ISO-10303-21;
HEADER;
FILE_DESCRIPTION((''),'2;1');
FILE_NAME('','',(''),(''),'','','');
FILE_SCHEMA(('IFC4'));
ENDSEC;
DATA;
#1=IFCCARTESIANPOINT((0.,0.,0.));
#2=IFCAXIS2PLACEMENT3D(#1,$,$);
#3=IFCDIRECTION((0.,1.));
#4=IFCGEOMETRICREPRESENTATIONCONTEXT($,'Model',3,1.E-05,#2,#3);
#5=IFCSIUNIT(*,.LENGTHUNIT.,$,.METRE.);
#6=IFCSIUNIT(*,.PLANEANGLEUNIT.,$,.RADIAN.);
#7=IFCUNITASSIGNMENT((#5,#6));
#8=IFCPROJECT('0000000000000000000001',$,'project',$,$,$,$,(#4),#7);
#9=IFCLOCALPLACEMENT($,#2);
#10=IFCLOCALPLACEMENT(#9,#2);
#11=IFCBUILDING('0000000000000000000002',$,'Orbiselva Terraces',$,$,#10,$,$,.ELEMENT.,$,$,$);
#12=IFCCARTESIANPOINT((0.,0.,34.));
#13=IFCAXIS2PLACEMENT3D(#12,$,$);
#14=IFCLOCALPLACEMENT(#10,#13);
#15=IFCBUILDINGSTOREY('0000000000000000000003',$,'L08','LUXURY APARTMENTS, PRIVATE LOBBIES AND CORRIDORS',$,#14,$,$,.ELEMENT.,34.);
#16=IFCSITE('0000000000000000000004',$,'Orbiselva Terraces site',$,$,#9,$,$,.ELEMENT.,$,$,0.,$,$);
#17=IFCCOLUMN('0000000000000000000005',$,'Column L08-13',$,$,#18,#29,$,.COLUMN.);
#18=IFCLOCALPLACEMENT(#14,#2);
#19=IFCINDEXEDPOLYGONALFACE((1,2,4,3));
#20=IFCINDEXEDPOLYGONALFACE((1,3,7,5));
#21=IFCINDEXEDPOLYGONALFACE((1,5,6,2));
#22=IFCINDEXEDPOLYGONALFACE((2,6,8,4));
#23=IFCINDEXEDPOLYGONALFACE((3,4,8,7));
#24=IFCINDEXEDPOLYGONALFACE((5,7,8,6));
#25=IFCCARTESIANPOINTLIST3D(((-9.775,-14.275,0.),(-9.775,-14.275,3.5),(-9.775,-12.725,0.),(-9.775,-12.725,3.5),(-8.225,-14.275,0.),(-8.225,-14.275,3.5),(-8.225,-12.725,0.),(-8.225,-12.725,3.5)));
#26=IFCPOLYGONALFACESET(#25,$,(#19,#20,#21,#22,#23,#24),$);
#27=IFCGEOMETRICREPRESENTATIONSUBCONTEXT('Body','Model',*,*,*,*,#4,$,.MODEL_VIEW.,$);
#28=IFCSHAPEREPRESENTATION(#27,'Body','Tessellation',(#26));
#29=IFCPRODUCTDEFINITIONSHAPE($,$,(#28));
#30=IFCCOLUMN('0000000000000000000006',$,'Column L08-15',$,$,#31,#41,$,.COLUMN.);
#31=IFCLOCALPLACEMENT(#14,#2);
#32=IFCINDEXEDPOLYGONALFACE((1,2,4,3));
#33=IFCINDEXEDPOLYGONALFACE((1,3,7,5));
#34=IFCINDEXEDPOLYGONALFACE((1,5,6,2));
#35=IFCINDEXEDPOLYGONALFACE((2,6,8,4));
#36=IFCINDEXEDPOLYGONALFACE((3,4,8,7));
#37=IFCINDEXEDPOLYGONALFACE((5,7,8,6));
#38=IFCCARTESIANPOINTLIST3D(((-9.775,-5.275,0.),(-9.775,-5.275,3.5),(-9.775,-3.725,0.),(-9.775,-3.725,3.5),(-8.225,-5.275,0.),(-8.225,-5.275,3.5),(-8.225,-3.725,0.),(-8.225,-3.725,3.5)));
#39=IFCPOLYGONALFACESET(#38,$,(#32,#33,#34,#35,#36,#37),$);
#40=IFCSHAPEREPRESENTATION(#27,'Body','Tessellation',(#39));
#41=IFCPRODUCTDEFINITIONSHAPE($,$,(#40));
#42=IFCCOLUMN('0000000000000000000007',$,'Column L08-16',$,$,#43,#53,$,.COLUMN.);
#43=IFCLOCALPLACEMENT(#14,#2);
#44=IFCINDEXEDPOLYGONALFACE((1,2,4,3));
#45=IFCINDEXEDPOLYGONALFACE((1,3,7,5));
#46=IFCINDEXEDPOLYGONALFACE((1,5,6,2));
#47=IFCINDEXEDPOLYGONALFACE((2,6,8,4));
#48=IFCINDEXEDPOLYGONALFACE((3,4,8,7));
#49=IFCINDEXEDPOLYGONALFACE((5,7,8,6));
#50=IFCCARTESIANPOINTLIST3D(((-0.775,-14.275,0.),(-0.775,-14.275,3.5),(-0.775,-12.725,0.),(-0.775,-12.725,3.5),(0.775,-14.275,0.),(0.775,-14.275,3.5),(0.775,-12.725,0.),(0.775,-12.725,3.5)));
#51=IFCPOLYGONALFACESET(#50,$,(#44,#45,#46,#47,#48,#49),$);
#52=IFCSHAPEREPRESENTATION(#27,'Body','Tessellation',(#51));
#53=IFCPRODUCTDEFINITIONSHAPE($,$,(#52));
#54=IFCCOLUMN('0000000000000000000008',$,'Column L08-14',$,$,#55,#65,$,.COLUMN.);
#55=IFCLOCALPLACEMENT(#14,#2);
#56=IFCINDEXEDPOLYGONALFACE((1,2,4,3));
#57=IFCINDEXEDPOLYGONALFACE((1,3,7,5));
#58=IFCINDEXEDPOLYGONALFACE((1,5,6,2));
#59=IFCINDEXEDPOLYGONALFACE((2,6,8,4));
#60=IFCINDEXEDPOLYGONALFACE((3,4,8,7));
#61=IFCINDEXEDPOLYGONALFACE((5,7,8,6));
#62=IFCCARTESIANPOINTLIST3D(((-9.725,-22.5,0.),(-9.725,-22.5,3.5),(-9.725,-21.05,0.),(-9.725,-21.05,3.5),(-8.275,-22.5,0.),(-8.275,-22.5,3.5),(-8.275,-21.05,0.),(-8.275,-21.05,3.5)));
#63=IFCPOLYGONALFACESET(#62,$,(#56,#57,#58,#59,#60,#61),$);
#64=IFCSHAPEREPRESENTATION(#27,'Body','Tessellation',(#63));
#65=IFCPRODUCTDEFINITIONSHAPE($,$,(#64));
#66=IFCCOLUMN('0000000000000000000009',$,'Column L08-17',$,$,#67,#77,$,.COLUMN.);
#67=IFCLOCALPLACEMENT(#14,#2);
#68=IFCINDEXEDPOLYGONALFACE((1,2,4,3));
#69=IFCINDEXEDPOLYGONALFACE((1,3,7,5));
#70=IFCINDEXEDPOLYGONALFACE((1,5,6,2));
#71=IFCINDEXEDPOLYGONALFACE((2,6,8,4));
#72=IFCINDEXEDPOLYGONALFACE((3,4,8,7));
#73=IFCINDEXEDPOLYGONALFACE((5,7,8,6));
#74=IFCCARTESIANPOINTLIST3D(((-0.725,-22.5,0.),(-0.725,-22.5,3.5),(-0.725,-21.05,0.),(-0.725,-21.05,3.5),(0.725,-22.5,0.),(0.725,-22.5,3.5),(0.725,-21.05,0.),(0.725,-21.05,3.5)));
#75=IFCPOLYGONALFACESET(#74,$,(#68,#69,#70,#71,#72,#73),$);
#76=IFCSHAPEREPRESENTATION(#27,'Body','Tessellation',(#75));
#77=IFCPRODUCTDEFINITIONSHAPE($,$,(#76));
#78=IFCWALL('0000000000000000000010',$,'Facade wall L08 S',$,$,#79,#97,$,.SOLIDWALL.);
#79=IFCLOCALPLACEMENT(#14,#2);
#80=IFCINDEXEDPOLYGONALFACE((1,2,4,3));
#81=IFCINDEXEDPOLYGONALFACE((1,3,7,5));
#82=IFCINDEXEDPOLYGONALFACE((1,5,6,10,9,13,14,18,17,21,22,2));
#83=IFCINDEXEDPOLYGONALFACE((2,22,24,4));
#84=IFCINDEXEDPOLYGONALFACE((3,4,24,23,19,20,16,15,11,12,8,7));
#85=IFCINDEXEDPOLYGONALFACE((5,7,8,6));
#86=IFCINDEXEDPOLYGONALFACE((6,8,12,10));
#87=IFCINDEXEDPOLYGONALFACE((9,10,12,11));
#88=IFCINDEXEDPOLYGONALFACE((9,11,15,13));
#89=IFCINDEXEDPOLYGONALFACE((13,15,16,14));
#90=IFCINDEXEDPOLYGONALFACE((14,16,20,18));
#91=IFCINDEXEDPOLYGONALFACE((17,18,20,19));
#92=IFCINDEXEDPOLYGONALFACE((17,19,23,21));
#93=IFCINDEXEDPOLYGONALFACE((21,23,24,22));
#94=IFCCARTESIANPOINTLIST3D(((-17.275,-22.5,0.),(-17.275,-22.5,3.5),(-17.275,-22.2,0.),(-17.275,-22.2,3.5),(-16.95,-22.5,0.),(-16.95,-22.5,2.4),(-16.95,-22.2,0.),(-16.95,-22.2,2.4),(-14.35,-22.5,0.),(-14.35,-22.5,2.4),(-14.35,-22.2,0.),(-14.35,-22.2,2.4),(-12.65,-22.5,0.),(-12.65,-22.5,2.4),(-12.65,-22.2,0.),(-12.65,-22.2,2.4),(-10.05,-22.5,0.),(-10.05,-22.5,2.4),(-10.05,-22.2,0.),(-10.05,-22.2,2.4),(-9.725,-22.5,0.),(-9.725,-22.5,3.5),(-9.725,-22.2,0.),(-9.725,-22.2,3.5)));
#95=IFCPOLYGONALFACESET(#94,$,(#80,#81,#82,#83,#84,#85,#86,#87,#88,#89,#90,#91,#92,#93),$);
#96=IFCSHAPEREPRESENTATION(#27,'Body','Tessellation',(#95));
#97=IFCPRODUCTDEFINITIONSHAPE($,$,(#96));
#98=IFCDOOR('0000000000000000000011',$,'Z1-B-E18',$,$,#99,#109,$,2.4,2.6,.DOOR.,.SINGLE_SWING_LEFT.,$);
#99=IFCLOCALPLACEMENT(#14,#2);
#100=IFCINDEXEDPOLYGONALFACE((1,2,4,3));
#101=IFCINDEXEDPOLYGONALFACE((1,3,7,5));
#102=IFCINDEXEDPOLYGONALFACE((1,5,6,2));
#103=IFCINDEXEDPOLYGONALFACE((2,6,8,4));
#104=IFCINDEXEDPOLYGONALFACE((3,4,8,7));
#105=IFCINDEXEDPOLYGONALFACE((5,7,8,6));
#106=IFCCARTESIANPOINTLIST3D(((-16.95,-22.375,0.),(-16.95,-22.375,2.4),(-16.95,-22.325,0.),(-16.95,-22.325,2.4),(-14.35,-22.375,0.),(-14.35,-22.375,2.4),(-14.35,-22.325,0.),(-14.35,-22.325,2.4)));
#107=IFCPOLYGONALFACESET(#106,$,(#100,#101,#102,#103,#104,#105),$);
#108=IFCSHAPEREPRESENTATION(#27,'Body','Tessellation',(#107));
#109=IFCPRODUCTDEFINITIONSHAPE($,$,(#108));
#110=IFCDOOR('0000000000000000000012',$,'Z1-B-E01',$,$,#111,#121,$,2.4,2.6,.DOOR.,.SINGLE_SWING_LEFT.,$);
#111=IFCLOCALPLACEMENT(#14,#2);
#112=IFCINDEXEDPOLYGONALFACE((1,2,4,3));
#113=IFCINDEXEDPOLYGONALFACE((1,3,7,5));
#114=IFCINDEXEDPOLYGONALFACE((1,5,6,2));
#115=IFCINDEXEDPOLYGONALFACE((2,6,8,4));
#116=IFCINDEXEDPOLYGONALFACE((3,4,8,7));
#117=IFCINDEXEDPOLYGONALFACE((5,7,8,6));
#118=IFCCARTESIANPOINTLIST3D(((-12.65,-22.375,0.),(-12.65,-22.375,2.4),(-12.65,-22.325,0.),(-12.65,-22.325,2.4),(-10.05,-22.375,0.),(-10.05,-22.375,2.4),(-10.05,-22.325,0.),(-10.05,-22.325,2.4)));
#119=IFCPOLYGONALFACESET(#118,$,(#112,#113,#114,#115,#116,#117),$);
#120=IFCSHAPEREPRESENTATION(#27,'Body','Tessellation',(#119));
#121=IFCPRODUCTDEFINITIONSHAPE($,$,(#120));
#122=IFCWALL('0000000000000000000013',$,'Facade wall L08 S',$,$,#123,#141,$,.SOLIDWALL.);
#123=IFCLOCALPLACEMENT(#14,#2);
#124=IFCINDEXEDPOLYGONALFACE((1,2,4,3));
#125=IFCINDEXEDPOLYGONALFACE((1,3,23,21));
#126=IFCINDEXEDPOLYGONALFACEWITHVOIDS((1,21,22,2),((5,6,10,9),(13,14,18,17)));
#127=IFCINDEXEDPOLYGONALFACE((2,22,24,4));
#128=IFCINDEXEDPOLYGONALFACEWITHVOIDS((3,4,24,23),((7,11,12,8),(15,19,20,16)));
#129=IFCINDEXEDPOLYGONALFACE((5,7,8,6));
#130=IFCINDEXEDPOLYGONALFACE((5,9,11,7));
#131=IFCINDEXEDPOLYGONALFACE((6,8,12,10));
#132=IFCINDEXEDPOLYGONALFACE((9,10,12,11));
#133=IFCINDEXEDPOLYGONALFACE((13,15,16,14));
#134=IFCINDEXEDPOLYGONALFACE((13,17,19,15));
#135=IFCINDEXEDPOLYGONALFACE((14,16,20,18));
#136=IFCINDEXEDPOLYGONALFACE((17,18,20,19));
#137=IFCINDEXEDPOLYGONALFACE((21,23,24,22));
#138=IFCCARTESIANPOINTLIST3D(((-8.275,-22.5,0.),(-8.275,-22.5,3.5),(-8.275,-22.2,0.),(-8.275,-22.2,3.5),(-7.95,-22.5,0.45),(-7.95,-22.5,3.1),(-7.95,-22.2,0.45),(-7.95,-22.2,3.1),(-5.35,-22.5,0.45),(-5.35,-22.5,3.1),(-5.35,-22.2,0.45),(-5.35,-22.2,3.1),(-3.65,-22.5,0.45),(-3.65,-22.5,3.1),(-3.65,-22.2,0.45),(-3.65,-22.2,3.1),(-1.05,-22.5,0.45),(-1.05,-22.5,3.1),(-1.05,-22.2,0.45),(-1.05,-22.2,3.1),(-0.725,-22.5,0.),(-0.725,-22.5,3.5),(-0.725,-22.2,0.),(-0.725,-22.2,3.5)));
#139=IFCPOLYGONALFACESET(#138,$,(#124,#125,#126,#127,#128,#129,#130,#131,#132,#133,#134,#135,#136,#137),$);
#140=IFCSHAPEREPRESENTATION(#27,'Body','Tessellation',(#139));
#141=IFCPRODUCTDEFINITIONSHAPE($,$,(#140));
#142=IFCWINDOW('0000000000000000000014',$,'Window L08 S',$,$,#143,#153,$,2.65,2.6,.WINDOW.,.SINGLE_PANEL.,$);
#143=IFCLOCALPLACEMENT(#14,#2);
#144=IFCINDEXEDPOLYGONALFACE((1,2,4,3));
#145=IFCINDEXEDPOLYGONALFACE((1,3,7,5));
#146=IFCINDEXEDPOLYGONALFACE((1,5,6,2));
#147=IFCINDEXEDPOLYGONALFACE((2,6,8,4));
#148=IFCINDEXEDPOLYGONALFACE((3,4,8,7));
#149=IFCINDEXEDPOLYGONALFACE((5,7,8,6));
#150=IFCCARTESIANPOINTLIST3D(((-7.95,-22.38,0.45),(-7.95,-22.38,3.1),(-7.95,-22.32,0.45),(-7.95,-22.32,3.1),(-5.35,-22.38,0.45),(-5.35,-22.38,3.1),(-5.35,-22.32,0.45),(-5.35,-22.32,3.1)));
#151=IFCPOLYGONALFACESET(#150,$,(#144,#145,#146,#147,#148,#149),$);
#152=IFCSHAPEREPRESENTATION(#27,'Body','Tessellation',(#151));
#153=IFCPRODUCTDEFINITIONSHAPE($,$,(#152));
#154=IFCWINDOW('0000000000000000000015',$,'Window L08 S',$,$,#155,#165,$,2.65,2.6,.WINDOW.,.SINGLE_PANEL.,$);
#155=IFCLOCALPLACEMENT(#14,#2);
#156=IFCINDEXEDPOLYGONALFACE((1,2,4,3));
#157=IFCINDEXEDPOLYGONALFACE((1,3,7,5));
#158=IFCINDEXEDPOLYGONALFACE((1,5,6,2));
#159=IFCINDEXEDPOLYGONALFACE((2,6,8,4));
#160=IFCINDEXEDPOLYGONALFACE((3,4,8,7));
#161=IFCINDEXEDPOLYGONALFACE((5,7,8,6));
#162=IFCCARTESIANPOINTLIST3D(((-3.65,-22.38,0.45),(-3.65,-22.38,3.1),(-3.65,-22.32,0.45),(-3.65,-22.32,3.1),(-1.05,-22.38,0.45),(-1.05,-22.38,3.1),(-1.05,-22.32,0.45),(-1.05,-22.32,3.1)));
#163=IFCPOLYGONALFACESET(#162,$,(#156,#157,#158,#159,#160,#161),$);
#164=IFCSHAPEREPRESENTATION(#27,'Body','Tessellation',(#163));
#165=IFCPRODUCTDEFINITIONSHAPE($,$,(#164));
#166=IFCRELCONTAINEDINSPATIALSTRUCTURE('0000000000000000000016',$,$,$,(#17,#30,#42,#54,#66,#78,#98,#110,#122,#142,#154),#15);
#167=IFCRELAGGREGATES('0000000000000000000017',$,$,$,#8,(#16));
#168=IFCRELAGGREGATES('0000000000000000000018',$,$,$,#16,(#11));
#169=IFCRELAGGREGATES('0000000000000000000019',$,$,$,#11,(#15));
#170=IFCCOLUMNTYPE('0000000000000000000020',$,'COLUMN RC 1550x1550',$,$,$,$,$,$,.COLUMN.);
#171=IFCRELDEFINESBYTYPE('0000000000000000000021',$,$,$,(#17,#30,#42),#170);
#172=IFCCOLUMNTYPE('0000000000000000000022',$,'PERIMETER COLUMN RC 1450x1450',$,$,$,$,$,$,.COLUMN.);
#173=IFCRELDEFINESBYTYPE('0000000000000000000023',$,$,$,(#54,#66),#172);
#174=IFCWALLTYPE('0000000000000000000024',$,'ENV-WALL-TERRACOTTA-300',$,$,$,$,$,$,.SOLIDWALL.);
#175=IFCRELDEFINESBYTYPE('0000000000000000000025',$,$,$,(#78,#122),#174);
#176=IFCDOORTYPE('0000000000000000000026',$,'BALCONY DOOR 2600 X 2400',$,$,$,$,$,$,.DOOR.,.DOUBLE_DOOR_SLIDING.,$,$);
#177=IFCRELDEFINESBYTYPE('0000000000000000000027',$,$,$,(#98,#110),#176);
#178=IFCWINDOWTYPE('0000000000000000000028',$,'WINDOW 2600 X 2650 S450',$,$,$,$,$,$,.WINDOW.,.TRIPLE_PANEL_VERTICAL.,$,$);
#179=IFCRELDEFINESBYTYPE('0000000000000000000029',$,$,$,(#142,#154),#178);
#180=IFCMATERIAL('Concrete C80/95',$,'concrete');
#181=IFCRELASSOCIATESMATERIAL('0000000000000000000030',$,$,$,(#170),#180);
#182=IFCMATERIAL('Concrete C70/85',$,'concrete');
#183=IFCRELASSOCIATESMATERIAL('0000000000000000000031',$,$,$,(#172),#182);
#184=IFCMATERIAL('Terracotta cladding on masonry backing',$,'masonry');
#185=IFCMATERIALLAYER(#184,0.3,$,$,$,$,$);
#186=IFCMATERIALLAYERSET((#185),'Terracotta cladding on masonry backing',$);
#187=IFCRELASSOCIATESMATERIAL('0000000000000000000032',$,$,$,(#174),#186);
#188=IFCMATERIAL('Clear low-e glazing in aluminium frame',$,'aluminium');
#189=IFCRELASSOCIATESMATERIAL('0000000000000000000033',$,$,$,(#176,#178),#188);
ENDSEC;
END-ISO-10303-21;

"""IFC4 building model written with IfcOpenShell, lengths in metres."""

from ifc_helpers import new_model, si_unit, direction, frame, frame_2d, origin, origin_2d, place, context, subcontext, project, spatial, rectangle, extrude, material, layer, layer_set, material_profile, profile_set, type_object, element, fill, save


model = new_model("IFC4")

# Units and contexts
model_context = context("Model", 3, precision=1e-05, world=origin(), true_north=direction((0.0, 1.0)))
body_context = subcontext(model_context, "Body", "Model", "MODEL_VIEW")
ifc_project = project(units=[si_unit("LENGTHUNIT", "METRE"), si_unit("PLANEANGLEUNIT", "RADIAN")], contexts=[model_context])

# Site, building, storey
site_placement = place(None, origin())
site = spatial("IfcSite", under=ifc_project, at=site_placement, Name="Orbiselva Terraces site", CompositionType="ELEMENT", RefElevation=0.0)
building_placement = place(site_placement, origin())
building = spatial("IfcBuilding", under=site, at=building_placement, Name="Orbiselva Terraces", CompositionType="ELEMENT")
storey_placement = place(building_placement, frame((0.0, 0.0, 34.0)))
storey = spatial("IfcBuildingStorey", under=building, at=storey_placement, Name="L08", Description="LUXURY APARTMENTS, PRIVATE LOBBIES AND CORRIDORS", CompositionType="ELEMENT", Elevation=34.0)

# Columns
ifc_material_1 = material(Name="Concrete C80/95", Category="concrete")
ifc_material_profile_1 = material_profile(ifc_material_1, rectangle(XDim=1.55, YDim=1.55, at=origin_2d()), Name="RC 1550x1550")
ifc_profile_set_1 = profile_set([ifc_material_profile_1], Name="Concrete C80/95")
column_type_1 = type_object("IfcColumnType", Name="COLUMN RC 1550x1550", PredefinedType="COLUMN", material=ifc_profile_set_1)
for number, where, z_axis, x_axis, name in (
    (1, (-9.0, -13.5, 0.0), (0.0, 0.0, 1.0), (1.0, 0.0, 0.0), "Column L08-13"),
    (2, (-9.0, -4.5, 0.0), (0.0, 0.0, 1.0), (1.0, 0.0, 0.0), "Column L08-15"),
    (3, (0.0, -13.5, 0.0), (0.0, 0.0, 1.0), (1.0, 0.0, 0.0), "Column L08-16"),
):
    element("IfcColumn", number, at=place(storey_placement, frame(where, z_axis=z_axis, x_axis=x_axis)), inside=storey, type_object=column_type_1, Name=name, PredefinedType="COLUMN", context=body_context, shape_type="SweptSolid", body=[
        extrude(rectangle(XDim=1.55, YDim=1.55, at=origin_2d()), origin(), (0.0, 0.0, 1.0), 3.5),
    ])
ifc_material_2 = material(Name="Concrete C70/85", Category="concrete")
ifc_material_profile_2 = material_profile(ifc_material_2, rectangle(XDim=1.45, YDim=1.45, at=origin_2d()), Name="RC 1450x1450")
ifc_profile_set_2 = profile_set([ifc_material_profile_2], Name="Concrete C70/85")
column_type_2 = type_object("IfcColumnType", Name="PERIMETER COLUMN RC 1450x1450", PredefinedType="COLUMN", material=ifc_profile_set_2)
for number, where, z_axis, x_axis, name in (
    (4, (-9.0, -21.775, 0.0), (0.0, 0.0, 1.0), (1.0, 0.0, 0.0), "Column L08-14"),
    (5, (0.0, -21.775, 0.0), (0.0, 0.0, 1.0), (1.0, 0.0, 0.0), "Column L08-17"),
):
    element("IfcColumn", number, at=place(storey_placement, frame(where, z_axis=z_axis, x_axis=x_axis)), inside=storey, type_object=column_type_2, Name=name, PredefinedType="COLUMN", context=body_context, shape_type="SweptSolid", body=[
        extrude(rectangle(XDim=1.45, YDim=1.45, at=origin_2d()), origin(), (0.0, 0.0, 1.0), 3.5),
    ])

# Wall, openings, doors
ifc_material_3 = material(Name="Terracotta cladding on masonry backing", Category="masonry")
ifc_layer_1 = layer(ifc_material_3, 0.3)
ifc_layer_set_1 = layer_set([ifc_layer_1], Name="Terracotta cladding on masonry backing")
wall_type_1 = type_object("IfcWallType", Name="ENV-WALL-TERRACOTTA-300", PredefinedType="SOLIDWALL", material=ifc_layer_set_1)
wall_1_placement = place(storey_placement, frame((-9.725, -22.35, 0.0), z_axis=(0.0, 0.0, 1.0), x_axis=(-1.0, 0.0, 0.0)))
wall_1 = element("IfcWall", 6, at=wall_1_placement, inside=storey, type_object=wall_type_1, Name="Facade wall L08 S", PredefinedType="SOLIDWALL", context=body_context, shape_type="SweptSolid", body=[
    extrude(rectangle(XDim=7.55, YDim=0.3, at=frame_2d((3.775, 0.0))), origin(), (0.0, 0.0, 1.0), 3.5),
])
opening_1_placement = place(wall_1_placement, frame((4.625, 0.0, 0.0)))
opening_1 = element("IfcOpeningElement", 7, at=opening_1_placement, cuts=wall_1, PredefinedType="OPENING", context=body_context, shape_type="SweptSolid", body=[
    extrude(rectangle(XDim=2.6, YDim=2.4, at=frame_2d((1.3, 1.2))), frame((0.0, 0.16, 0.0), z_axis=(0.0, -1.0, 0.0), x_axis=(1.0, 0.0, 0.0)), (0.0, 0.0, 1.0), 0.32),
])
opening_2_placement = place(wall_1_placement, frame((0.325, 0.0, 0.0)))
opening_2 = element("IfcOpeningElement", 8, at=opening_2_placement, cuts=wall_1, PredefinedType="OPENING", context=body_context, shape_type="SweptSolid", body=[
    extrude(rectangle(XDim=2.6, YDim=2.4, at=frame_2d((1.3, 1.2))), frame((0.0, 0.16, 0.0), z_axis=(0.0, -1.0, 0.0), x_axis=(1.0, 0.0, 0.0)), (0.0, 0.0, 1.0), 0.32),
])
ifc_material_4 = material(Name="Clear low-e glazing in aluminium frame", Category="aluminium")
door_type_1 = type_object("IfcDoorType", Name="BALCONY DOOR 2600 X 2400", OperationType="DOUBLE_DOOR_SLIDING", PredefinedType="DOOR", material=ifc_material_4)
door_1_placement = place(opening_1_placement, origin())
door_1 = element("IfcDoor", 9, at=door_1_placement, inside=storey, type_object=door_type_1, Name="Z1-B-E18", OperationType="SINGLE_SWING_LEFT", OverallHeight=2.4, OverallWidth=2.6, PredefinedType="DOOR", context=body_context, shape_type="SweptSolid", body=[
    extrude(rectangle(XDim=2.6, YDim=2.4, at=frame_2d((1.3, 1.2))), frame((0.0, 0.025, 0.0), z_axis=(0.0, -1.0, 0.0), x_axis=(1.0, 0.0, 0.0)), (0.0, 0.0, 1.0), 0.05),
])
fill(opening_1, door_1)
door_2_placement = place(opening_2_placement, origin())
door_2 = element("IfcDoor", 10, at=door_2_placement, inside=storey, type_object=door_type_1, Name="Z1-B-E01", OperationType="SINGLE_SWING_LEFT", OverallHeight=2.4, OverallWidth=2.6, PredefinedType="DOOR", context=body_context, shape_type="SweptSolid", body=[
    extrude(rectangle(XDim=2.6, YDim=2.4, at=frame_2d((1.3, 1.2))), frame((0.0, 0.025, 0.0), z_axis=(0.0, -1.0, 0.0), x_axis=(1.0, 0.0, 0.0)), (0.0, 0.0, 1.0), 0.05),
])
fill(opening_2, door_2)

# Wall, openings, windows
wall_2_placement = place(storey_placement, frame((-0.725, -22.35, 0.0), z_axis=(0.0, 0.0, 1.0), x_axis=(-1.0, 0.0, 0.0)))
wall_2 = element("IfcWall", 11, at=wall_2_placement, inside=storey, type_object=wall_type_1, Name="Facade wall L08 S", PredefinedType="SOLIDWALL", context=body_context, shape_type="SweptSolid", body=[
    extrude(rectangle(XDim=7.55, YDim=0.3, at=frame_2d((3.775, 0.0))), origin(), (0.0, 0.0, 1.0), 3.5),
])
opening_3_placement = place(wall_2_placement, frame((4.625, 0.0, 0.45)))
opening_3 = element("IfcOpeningElement", 12, at=opening_3_placement, cuts=wall_2, PredefinedType="OPENING", context=body_context, shape_type="SweptSolid", body=[
    extrude(rectangle(XDim=2.6, YDim=2.65, at=frame_2d((1.3, 1.325))), frame((0.0, 0.16, 0.0), z_axis=(0.0, -1.0, 0.0), x_axis=(1.0, 0.0, 0.0)), (0.0, 0.0, 1.0), 0.32),
])
opening_4_placement = place(wall_2_placement, frame((0.325, 0.0, 0.45)))
opening_4 = element("IfcOpeningElement", 13, at=opening_4_placement, cuts=wall_2, PredefinedType="OPENING", context=body_context, shape_type="SweptSolid", body=[
    extrude(rectangle(XDim=2.6, YDim=2.65, at=frame_2d((1.3, 1.325))), frame((0.0, 0.16, 0.0), z_axis=(0.0, -1.0, 0.0), x_axis=(1.0, 0.0, 0.0)), (0.0, 0.0, 1.0), 0.32),
])
window_type = type_object("IfcWindowType", Name="WINDOW 2600 X 2650 S450", PartitioningType="TRIPLE_PANEL_VERTICAL", PredefinedType="WINDOW", material=ifc_material_4)
window_1_placement = place(opening_3_placement, origin())
window_1 = element("IfcWindow", 14, at=window_1_placement, inside=storey, type_object=window_type, Name="Window L08 S", OverallHeight=2.65, OverallWidth=2.6, PartitioningType="SINGLE_PANEL", PredefinedType="WINDOW", context=body_context, shape_type="SweptSolid", body=[
    extrude(rectangle(XDim=2.6, YDim=2.65, at=frame_2d((1.3, 1.325))), frame((0.0, 0.03, 0.0), z_axis=(0.0, -1.0, 0.0), x_axis=(1.0, 0.0, 0.0)), (0.0, 0.0, 1.0), 0.06),
])
fill(opening_3, window_1)
window_2_placement = place(opening_4_placement, origin())
window_2 = element("IfcWindow", 15, at=window_2_placement, inside=storey, type_object=window_type, Name="Window L08 S", OverallHeight=2.65, OverallWidth=2.6, PartitioningType="SINGLE_PANEL", PredefinedType="WINDOW", context=body_context, shape_type="SweptSolid", body=[
    extrude(rectangle(XDim=2.6, YDim=2.65, at=frame_2d((1.3, 1.325))), frame((0.0, 0.03, 0.0), z_axis=(0.0, -1.0, 0.0), x_axis=(1.0, 0.0, 0.0)), (0.0, 0.0, 1.0), 0.06),
])
fill(opening_4, window_2)

save(model, "model.ifc")
